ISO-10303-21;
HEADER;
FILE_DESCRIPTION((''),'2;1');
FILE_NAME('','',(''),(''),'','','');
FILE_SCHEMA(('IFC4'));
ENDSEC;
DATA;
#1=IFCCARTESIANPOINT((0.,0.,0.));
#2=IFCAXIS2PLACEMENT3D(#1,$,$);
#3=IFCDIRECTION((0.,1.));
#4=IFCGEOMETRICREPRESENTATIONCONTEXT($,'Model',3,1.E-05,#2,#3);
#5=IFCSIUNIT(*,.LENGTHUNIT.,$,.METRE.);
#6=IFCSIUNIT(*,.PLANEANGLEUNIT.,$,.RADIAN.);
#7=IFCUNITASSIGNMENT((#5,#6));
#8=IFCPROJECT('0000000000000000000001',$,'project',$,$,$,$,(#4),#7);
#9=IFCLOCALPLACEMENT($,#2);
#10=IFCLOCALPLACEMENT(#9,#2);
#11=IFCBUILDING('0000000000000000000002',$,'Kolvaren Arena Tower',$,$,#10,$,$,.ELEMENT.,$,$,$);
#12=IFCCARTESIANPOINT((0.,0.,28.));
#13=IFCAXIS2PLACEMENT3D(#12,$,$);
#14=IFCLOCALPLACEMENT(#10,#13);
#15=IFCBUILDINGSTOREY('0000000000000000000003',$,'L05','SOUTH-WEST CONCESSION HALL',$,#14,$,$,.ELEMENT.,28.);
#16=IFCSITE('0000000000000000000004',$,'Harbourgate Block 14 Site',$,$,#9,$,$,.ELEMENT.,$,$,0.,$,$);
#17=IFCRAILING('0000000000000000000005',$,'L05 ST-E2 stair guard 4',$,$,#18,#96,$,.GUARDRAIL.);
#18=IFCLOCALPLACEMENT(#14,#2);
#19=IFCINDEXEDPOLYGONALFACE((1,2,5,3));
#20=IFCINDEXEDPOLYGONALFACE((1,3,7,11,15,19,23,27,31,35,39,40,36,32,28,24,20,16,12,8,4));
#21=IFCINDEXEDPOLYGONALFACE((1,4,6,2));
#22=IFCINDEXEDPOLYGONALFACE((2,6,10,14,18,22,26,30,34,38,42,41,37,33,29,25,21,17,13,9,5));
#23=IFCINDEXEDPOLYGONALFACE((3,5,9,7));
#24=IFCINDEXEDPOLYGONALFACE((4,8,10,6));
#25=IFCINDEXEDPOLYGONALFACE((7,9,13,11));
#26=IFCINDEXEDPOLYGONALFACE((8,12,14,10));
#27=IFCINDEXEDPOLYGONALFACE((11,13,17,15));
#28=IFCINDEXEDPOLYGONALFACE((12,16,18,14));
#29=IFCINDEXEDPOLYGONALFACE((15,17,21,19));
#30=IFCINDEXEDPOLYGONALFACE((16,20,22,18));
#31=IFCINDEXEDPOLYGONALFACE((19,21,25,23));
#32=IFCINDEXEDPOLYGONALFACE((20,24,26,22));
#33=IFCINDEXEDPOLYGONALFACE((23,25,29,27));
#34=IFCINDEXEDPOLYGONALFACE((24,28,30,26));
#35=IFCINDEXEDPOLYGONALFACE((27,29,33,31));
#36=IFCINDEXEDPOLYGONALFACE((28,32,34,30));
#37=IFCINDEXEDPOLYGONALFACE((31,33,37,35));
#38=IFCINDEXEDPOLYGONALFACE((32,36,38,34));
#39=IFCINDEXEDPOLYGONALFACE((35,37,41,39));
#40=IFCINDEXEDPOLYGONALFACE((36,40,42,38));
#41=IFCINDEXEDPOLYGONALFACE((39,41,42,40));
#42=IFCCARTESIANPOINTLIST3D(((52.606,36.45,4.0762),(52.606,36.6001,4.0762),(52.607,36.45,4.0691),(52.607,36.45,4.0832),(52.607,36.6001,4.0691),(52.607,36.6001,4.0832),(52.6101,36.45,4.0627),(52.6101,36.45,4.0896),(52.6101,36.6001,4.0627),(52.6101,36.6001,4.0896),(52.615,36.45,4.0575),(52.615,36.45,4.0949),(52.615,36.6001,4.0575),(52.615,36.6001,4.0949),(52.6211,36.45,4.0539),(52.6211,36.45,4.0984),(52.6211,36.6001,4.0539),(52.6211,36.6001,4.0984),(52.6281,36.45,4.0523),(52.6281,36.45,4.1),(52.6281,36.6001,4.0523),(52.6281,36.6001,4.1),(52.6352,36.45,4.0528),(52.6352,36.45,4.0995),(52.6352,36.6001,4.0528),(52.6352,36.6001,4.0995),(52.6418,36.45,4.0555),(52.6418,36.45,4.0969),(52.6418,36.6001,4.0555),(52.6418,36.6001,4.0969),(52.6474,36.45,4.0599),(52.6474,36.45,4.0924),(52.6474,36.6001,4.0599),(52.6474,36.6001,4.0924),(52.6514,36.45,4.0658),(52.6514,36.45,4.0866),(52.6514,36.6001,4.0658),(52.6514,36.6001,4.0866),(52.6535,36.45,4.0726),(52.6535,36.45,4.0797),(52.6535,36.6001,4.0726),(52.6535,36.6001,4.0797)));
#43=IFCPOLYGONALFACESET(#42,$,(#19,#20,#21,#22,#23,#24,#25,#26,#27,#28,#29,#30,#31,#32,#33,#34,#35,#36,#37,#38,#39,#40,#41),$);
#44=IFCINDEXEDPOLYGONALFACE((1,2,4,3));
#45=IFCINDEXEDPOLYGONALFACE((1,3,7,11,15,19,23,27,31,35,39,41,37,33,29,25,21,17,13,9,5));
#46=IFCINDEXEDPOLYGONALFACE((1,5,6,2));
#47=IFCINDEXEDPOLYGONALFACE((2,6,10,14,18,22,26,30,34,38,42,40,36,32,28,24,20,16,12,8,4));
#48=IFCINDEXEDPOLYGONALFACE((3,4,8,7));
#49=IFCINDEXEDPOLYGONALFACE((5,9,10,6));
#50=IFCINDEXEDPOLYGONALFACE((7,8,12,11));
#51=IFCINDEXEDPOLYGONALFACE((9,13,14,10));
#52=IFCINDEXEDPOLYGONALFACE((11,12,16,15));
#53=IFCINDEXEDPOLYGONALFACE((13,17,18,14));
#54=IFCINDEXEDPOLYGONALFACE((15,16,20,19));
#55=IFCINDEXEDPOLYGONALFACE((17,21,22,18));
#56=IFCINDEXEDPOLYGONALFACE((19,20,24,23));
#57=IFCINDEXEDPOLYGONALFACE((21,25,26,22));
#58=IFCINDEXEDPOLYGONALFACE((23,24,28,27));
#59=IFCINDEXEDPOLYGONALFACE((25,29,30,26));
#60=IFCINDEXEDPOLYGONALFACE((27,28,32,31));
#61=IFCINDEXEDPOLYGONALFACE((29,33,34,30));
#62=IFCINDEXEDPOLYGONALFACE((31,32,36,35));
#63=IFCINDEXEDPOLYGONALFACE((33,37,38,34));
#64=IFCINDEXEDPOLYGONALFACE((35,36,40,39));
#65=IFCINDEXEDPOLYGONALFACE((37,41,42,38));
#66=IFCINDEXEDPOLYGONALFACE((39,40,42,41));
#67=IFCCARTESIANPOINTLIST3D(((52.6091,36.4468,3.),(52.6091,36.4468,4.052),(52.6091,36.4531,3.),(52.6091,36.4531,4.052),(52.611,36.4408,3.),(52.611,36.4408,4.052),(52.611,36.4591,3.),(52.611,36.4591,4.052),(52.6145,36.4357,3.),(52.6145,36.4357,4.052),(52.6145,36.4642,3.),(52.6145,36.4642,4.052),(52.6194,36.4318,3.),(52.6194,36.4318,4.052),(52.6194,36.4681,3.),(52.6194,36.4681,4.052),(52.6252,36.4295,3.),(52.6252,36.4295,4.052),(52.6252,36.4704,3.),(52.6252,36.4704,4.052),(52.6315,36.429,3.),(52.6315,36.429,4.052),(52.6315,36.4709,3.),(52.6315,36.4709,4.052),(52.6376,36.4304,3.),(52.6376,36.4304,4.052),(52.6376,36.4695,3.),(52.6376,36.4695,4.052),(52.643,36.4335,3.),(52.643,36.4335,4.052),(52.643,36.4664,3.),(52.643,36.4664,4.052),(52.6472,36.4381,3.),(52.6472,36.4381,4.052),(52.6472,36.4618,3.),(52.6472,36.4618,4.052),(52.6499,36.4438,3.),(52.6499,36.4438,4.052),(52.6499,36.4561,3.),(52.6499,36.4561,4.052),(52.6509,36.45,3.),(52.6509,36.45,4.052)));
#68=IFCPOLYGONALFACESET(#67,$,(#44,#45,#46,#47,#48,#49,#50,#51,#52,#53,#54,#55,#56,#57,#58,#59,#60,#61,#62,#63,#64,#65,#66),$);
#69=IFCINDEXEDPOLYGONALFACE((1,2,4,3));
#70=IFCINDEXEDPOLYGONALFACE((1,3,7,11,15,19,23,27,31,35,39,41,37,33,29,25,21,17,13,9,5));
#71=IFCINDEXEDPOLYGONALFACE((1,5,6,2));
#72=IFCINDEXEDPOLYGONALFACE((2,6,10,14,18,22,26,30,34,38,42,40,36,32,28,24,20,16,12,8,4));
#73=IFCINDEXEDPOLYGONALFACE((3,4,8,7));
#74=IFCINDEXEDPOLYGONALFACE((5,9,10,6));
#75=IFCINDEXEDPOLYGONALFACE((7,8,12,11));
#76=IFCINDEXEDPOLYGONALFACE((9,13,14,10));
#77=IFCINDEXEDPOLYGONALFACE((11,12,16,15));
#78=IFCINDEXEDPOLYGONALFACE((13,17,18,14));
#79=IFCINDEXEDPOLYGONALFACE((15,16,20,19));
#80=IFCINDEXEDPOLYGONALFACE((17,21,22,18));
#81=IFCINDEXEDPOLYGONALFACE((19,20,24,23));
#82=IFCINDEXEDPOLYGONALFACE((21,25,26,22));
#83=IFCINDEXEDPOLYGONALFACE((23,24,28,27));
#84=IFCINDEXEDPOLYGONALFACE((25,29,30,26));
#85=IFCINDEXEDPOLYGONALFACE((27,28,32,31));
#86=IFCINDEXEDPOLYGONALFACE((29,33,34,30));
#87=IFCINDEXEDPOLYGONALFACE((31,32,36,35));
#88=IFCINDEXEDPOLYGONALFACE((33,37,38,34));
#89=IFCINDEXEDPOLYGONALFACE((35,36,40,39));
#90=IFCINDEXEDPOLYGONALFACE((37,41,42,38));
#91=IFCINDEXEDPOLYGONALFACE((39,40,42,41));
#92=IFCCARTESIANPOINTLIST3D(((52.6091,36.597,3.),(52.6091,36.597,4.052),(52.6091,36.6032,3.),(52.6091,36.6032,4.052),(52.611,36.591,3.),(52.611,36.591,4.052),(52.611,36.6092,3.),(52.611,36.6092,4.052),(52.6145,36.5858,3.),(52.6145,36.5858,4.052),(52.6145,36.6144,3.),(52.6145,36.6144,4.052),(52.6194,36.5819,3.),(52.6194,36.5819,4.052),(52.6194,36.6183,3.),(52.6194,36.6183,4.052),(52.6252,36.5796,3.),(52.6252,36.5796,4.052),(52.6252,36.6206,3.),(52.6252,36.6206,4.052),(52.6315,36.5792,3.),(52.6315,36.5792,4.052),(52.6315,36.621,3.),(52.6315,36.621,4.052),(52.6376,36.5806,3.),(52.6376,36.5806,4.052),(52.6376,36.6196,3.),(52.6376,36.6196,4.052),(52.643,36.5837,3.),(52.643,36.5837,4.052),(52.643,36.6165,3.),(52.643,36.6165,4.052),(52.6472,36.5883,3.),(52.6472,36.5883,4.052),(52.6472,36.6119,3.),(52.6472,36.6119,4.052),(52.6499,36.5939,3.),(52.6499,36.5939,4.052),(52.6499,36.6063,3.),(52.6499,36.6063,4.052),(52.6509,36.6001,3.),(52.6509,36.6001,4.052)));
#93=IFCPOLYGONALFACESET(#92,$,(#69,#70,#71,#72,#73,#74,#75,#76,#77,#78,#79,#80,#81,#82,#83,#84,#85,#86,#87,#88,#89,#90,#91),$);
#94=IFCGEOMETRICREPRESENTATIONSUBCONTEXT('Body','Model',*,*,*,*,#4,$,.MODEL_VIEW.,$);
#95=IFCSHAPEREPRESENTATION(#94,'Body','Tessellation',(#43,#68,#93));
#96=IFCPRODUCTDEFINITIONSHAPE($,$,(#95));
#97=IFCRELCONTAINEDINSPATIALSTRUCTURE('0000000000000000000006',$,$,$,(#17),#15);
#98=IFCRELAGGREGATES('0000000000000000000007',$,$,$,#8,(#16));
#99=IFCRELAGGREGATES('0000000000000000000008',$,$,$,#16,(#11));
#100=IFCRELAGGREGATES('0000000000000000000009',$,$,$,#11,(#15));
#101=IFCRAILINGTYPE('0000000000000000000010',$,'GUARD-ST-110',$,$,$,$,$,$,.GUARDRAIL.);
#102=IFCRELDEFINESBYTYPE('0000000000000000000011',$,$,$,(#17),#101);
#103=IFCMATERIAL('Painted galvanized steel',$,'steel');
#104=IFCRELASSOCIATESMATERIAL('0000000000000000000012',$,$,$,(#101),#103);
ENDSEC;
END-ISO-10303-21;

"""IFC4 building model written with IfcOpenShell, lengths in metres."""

from ifc_helpers import new_model, si_unit, direction, frame, origin, origin_2d, place, context, subcontext, project, spatial, circle, extrude, material, type_object, element, save


model = new_model("IFC4")

# Units and contexts
model_context = context("Model", 3, precision=1e-05, world=origin(), true_north=direction((0.0, 1.0)))
body_context = subcontext(model_context, "Body", "Model", "MODEL_VIEW")
ifc_project = project(units=[si_unit("LENGTHUNIT", "METRE"), si_unit("PLANEANGLEUNIT", "RADIAN")], contexts=[model_context])

# Site, building, storey
site_placement = place(None, origin())
site = spatial("IfcSite", under=ifc_project, at=site_placement, Name="Harbourgate Block 14 Site", CompositionType="ELEMENT", RefElevation=0.0)
building_placement = place(site_placement, origin())
building = spatial("IfcBuilding", under=site, at=building_placement, Name="Kolvaren Arena Tower", CompositionType="ELEMENT")
storey_placement = place(building_placement, frame((0.0, 0.0, 28.0)))
storey = spatial("IfcBuildingStorey", under=building, at=storey_placement, Name="L05", Description="SOUTH-WEST CONCESSION HALL", CompositionType="ELEMENT", Elevation=28.0)

# Railing
ifc_material_1 = material(Name="Painted galvanized steel", Category="steel")
railing_type_1 = type_object("IfcRailingType", Name="GUARD-ST-110", PredefinedType="GUARDRAIL", material=ifc_material_1)
railing_1_placement = place(storey_placement, frame((52.6299, 36.45, 3.0)))
element("IfcRailing", 1, at=railing_1_placement, inside=storey, type_object=railing_type_1, Name="L05 ST-E2 stair guard 4", PredefinedType="GUARDRAIL", context=body_context, shape_type="SweptSolid", body=[
    extrude(circle(Radius=0.0239, at=origin_2d()), frame((0.0, 0.0, 1.0762), z_axis=(0.0, 1.0, 0.0), x_axis=(-1.0, 0.0, 0.0)), (0.0, 0.0, 1.0), 0.1501),
    extrude(circle(Radius=0.021, at=origin_2d()), origin(), (0.0, 0.0, 1.0), 1.052),
    extrude(circle(Radius=0.021, at=origin_2d()), frame((0.0, 0.1501, 0.0)), (0.0, 0.0, 1.0), 1.052),
])

save(model, "model.ifc")
